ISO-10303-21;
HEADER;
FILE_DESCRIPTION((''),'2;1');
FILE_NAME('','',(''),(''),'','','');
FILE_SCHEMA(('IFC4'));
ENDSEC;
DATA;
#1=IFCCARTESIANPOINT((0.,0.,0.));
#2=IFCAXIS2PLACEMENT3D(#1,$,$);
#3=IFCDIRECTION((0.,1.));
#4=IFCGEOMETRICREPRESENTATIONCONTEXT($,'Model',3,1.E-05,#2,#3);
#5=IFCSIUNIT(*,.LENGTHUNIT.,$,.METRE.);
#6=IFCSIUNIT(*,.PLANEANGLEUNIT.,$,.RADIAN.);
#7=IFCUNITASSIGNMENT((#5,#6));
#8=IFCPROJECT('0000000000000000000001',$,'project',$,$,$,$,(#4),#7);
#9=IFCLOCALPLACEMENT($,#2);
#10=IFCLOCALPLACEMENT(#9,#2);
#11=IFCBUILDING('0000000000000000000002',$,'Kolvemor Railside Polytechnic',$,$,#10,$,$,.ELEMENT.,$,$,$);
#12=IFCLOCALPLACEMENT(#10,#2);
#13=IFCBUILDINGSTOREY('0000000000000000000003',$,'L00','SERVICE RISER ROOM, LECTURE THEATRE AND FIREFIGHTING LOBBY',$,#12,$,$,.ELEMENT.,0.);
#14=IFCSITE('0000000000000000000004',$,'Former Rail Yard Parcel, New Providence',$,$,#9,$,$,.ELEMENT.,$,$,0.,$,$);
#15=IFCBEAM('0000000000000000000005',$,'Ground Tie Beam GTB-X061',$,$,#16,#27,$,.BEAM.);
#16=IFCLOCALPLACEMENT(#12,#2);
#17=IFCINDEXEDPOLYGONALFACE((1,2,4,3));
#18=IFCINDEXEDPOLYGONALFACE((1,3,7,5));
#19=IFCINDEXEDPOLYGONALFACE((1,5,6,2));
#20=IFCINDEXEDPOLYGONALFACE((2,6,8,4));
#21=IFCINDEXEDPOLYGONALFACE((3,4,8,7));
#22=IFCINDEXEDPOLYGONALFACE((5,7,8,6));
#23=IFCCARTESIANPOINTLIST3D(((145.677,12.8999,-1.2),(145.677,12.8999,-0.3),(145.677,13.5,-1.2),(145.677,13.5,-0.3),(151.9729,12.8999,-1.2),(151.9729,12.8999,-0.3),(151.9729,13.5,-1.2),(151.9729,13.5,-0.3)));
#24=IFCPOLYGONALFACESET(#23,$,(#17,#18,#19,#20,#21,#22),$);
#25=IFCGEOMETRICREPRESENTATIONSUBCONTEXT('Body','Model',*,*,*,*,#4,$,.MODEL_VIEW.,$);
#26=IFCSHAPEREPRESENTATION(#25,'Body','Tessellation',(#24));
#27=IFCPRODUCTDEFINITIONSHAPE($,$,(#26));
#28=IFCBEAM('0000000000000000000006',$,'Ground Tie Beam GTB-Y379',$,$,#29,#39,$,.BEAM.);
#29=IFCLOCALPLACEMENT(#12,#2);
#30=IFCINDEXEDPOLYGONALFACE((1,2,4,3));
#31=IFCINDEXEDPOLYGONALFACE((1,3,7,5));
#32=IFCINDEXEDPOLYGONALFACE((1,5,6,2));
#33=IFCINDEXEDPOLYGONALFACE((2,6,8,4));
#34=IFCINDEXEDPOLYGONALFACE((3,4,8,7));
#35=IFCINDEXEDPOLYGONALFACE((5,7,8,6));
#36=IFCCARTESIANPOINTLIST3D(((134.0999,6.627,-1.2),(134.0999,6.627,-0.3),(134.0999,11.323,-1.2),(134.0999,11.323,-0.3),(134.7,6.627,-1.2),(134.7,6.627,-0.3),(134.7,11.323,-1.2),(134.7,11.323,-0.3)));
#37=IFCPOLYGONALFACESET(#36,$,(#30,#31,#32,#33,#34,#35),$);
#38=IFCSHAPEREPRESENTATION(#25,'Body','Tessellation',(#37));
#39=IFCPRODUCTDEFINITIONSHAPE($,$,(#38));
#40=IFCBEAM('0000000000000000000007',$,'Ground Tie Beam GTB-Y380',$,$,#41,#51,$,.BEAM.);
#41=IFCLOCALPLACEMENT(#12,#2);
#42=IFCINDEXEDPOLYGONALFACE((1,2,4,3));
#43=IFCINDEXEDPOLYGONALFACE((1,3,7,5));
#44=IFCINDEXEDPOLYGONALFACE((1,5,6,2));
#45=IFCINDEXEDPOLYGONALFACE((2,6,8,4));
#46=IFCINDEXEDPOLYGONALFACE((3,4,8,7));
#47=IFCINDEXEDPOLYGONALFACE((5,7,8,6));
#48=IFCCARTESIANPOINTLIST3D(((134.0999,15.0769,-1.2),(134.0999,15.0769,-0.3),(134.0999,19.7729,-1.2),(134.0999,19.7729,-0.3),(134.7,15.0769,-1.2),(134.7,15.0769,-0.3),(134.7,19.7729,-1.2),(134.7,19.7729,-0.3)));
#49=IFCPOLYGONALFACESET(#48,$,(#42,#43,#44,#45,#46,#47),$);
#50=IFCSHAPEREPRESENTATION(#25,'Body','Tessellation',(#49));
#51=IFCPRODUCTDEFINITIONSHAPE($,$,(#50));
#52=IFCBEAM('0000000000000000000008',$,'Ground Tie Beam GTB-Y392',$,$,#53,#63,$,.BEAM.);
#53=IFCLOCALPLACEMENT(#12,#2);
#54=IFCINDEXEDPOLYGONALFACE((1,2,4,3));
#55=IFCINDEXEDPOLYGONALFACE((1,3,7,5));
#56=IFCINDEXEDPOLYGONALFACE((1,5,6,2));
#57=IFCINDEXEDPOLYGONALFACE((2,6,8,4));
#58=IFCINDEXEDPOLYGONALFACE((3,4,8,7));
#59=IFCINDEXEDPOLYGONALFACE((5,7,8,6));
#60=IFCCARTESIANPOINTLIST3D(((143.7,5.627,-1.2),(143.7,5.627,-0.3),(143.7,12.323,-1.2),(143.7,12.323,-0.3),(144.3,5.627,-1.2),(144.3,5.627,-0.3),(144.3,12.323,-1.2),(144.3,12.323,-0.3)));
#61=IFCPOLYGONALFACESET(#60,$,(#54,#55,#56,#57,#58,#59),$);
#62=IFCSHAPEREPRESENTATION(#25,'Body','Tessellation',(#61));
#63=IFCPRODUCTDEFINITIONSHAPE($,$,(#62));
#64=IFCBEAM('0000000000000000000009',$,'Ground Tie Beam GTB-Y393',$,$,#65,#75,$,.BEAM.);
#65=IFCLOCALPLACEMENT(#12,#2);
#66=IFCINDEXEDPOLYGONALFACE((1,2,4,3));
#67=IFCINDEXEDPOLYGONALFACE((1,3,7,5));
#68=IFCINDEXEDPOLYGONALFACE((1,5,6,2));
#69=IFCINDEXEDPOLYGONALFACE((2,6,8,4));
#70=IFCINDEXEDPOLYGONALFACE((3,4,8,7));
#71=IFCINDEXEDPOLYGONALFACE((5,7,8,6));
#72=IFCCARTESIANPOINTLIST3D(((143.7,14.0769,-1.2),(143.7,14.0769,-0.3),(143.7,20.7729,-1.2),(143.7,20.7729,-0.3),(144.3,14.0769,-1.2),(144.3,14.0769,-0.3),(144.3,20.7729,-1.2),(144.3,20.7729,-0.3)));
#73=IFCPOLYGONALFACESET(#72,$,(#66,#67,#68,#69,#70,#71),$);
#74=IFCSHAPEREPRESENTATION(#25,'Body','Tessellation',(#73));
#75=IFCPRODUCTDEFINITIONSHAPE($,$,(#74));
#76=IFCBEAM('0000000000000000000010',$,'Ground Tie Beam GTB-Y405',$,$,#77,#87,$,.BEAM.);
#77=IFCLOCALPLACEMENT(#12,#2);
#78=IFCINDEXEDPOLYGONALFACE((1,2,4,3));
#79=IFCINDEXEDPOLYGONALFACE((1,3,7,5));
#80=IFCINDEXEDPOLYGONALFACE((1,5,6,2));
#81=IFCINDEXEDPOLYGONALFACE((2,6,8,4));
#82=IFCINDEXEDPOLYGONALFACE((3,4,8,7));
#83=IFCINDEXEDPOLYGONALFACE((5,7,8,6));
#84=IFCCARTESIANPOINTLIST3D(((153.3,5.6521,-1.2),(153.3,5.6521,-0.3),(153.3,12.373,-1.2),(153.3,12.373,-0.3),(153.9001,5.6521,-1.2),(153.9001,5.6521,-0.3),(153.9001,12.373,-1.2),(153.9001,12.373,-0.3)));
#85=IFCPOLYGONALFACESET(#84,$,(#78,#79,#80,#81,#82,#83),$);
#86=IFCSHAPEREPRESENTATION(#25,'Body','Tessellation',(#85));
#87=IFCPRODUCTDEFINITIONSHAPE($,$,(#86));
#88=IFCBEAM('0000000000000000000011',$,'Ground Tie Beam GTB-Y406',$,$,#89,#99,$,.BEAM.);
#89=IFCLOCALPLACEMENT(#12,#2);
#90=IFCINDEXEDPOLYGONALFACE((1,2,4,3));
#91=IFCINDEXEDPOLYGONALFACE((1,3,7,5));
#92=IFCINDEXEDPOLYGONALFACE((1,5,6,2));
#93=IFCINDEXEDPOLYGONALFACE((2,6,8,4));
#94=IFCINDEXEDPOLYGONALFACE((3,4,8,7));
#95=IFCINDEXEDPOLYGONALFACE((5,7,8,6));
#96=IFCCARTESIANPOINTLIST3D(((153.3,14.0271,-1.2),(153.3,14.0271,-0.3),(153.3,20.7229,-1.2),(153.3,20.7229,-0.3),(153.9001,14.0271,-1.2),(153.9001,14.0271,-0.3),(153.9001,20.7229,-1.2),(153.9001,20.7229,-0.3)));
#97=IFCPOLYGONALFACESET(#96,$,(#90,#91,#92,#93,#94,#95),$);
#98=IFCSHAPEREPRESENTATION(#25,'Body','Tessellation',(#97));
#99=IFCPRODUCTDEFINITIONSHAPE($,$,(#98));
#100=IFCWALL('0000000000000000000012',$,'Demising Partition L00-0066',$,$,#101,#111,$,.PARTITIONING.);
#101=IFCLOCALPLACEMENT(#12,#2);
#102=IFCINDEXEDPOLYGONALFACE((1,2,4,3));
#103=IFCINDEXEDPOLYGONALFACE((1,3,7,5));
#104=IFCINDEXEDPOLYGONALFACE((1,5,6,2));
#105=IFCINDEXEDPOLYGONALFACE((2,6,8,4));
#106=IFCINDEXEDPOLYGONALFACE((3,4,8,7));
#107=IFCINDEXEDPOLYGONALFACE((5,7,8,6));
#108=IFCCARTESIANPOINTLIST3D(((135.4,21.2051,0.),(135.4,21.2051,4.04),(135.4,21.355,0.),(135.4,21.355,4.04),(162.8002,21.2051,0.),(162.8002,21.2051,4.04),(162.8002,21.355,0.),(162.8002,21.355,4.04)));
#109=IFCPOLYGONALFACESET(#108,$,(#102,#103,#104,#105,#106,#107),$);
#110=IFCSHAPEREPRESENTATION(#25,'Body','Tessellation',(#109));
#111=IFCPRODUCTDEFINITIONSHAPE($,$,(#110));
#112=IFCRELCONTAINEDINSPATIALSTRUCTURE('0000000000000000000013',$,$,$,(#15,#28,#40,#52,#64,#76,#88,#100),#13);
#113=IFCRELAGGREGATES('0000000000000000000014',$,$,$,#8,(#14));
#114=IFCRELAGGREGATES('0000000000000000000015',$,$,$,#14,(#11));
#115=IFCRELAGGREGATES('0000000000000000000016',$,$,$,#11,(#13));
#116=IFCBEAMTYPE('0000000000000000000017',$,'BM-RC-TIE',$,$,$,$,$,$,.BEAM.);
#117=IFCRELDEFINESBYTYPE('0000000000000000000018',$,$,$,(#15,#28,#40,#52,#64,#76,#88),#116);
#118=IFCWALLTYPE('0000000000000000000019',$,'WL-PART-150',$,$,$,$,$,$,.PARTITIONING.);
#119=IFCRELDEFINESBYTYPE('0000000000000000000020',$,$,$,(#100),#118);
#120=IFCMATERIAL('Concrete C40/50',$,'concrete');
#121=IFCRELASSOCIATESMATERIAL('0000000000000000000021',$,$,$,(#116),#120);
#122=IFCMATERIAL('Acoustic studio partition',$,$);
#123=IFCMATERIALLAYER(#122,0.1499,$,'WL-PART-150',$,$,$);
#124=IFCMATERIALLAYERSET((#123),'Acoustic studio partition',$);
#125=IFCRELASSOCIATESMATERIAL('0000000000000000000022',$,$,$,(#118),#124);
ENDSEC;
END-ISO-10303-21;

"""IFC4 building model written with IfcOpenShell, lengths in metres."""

from ifc_helpers import new_model, si_unit, direction, frame, frame_2d, origin, origin_2d, place, context, subcontext, project, spatial, rectangle, extrude, material, layer, layer_set, material_profile, profile_set, type_object, element, save


model = new_model("IFC4")

# Units and contexts
model_context = context("Model", 3, precision=1e-05, world=origin(), true_north=direction((0.0, 1.0)))
body_context = subcontext(model_context, "Body", "Model", "MODEL_VIEW")
ifc_project = project(units=[si_unit("LENGTHUNIT", "METRE"), si_unit("PLANEANGLEUNIT", "RADIAN")], contexts=[model_context])

# Site, building, storey
site_placement = place(None, origin())
site = spatial("IfcSite", under=ifc_project, at=site_placement, Name="Former Rail Yard Parcel, New Providence", CompositionType="ELEMENT", RefElevation=0.0)
building_placement = place(site_placement, origin())
building = spatial("IfcBuilding", under=site, at=building_placement, Name="Kolvemor Railside Polytechnic", CompositionType="ELEMENT")
storey_placement = place(building_placement, origin())
storey = spatial("IfcBuildingStorey", under=building, at=storey_placement, Name="L00", Description="SERVICE RISER ROOM, LECTURE THEATRE AND FIREFIGHTING LOBBY", CompositionType="ELEMENT", Elevation=0.0)

# Beams
ifc_material_1 = material(Name="Concrete C40/50", Category="concrete")
ifc_material_profile_1 = material_profile(ifc_material_1, rectangle(XDim=0.6001, YDim=0.8999, at=origin_2d()), Name="RC600x900")
ifc_profile_set_1 = profile_set([ifc_material_profile_1], Name="Concrete C40/50")
beam_type_1 = type_object("IfcBeamType", Name="BM-RC-TIE", PredefinedType="BEAM", material=ifc_profile_set_1)
beam_1_placement = place(storey_placement, frame((145.677, 13.2, -0.75), z_axis=(1.0, 0.0, 0.0), x_axis=(0.0, 1.0, 0.0)))
element("IfcBeam", 1, at=beam_1_placement, inside=storey, type_object=beam_type_1, Name="Ground Tie Beam GTB-X061", PredefinedType="BEAM", context=body_context, shape_type="SweptSolid", body=[
    extrude(rectangle(XDim=0.6001, YDim=0.8999, at=origin_2d()), origin(), (0.0, 0.0, 1.0), 6.2959),
])
for number, where, z_axis, x_axis, name in (
    (2, (134.3999, 6.627, -0.75), (0.0, 1.0, 0.0), (-1.0, 0.0, 0.0), "Ground Tie Beam GTB-Y379"),
    (3, (134.3999, 15.0769, -0.75), (0.0, 1.0, 0.0), (-1.0, 0.0, 0.0), "Ground Tie Beam GTB-Y380"),
):
    element("IfcBeam", number, at=place(storey_placement, frame(where, z_axis=z_axis, x_axis=x_axis)), inside=storey, type_object=beam_type_1, Name=name, PredefinedType="BEAM", context=body_context, shape_type="SweptSolid", body=[
        extrude(rectangle(XDim=0.6001, YDim=0.8999, at=origin_2d()), origin(), (0.0, 0.0, 1.0), 4.696),
    ])
for number, where, z_axis, x_axis, name in (
    (4, (144.0, 5.627, -0.75), (0.0, 1.0, 0.0), (-1.0, 0.0, 0.0), "Ground Tie Beam GTB-Y392"),
    (5, (144.0, 14.0769, -0.75), (0.0, 1.0, 0.0), (-1.0, 0.0, 0.0), "Ground Tie Beam GTB-Y393"),
):
    element("IfcBeam", number, at=place(storey_placement, frame(where, z_axis=z_axis, x_axis=x_axis)), inside=storey, type_object=beam_type_1, Name=name, PredefinedType="BEAM", context=body_context, shape_type="SweptSolid", body=[
        extrude(rectangle(XDim=0.6001, YDim=0.8999, at=origin_2d()), origin(), (0.0, 0.0, 1.0), 6.696),
    ])
beam_2_placement = place(storey_placement, frame((153.6001, 5.6521, -0.75), z_axis=(0.0, 1.0, 0.0), x_axis=(-1.0, 0.0, 0.0)))
element("IfcBeam", 6, at=beam_2_placement, inside=storey, type_object=beam_type_1, Name="Ground Tie Beam GTB-Y405", PredefinedType="BEAM", context=body_context, shape_type="SweptSolid", body=[
    extrude(rectangle(XDim=0.6001, YDim=0.8999, at=origin_2d()), origin(), (0.0, 0.0, 1.0), 6.7209),
])
beam_3_placement = place(storey_placement, frame((153.6001, 14.0271, -0.75), z_axis=(0.0, 1.0, 0.0), x_axis=(-1.0, 0.0, 0.0)))
element("IfcBeam", 7, at=beam_3_placement, inside=storey, type_object=beam_type_1, Name="Ground Tie Beam GTB-Y406", PredefinedType="BEAM", context=body_context, shape_type="SweptSolid", body=[
    extrude(rectangle(XDim=0.6001, YDim=0.8999, at=origin_2d()), origin(), (0.0, 0.0, 1.0), 6.6958),
])

# Wall
ifc_material_2 = material(Name="Acoustic studio partition")
ifc_layer = layer(ifc_material_2, 0.1499, Name="WL-PART-150")
ifc_layer_set = layer_set([ifc_layer], Name="Acoustic studio partition")
wall_type = type_object("IfcWallType", Name="WL-PART-150", PredefinedType="PARTITIONING", material=ifc_layer_set)
wall_placement = place(storey_placement, frame((135.3999, 21.28, 0.0), z_axis=(0.0, 0.0, 1.0), x_axis=(1.0, 0.0, 0.0)))
element("IfcWall", 8, at=wall_placement, inside=storey, type_object=wall_type, Name="Demising Partition L00-0066", PredefinedType="PARTITIONING", context=body_context, shape_type="SweptSolid", body=[
    extrude(rectangle(XDim=27.4001, YDim=0.1499, at=frame_2d((13.7002, 0.0))), origin(), (0.0, 0.0, 1.0), 4.04),
])

save(model, "model.ifc")
